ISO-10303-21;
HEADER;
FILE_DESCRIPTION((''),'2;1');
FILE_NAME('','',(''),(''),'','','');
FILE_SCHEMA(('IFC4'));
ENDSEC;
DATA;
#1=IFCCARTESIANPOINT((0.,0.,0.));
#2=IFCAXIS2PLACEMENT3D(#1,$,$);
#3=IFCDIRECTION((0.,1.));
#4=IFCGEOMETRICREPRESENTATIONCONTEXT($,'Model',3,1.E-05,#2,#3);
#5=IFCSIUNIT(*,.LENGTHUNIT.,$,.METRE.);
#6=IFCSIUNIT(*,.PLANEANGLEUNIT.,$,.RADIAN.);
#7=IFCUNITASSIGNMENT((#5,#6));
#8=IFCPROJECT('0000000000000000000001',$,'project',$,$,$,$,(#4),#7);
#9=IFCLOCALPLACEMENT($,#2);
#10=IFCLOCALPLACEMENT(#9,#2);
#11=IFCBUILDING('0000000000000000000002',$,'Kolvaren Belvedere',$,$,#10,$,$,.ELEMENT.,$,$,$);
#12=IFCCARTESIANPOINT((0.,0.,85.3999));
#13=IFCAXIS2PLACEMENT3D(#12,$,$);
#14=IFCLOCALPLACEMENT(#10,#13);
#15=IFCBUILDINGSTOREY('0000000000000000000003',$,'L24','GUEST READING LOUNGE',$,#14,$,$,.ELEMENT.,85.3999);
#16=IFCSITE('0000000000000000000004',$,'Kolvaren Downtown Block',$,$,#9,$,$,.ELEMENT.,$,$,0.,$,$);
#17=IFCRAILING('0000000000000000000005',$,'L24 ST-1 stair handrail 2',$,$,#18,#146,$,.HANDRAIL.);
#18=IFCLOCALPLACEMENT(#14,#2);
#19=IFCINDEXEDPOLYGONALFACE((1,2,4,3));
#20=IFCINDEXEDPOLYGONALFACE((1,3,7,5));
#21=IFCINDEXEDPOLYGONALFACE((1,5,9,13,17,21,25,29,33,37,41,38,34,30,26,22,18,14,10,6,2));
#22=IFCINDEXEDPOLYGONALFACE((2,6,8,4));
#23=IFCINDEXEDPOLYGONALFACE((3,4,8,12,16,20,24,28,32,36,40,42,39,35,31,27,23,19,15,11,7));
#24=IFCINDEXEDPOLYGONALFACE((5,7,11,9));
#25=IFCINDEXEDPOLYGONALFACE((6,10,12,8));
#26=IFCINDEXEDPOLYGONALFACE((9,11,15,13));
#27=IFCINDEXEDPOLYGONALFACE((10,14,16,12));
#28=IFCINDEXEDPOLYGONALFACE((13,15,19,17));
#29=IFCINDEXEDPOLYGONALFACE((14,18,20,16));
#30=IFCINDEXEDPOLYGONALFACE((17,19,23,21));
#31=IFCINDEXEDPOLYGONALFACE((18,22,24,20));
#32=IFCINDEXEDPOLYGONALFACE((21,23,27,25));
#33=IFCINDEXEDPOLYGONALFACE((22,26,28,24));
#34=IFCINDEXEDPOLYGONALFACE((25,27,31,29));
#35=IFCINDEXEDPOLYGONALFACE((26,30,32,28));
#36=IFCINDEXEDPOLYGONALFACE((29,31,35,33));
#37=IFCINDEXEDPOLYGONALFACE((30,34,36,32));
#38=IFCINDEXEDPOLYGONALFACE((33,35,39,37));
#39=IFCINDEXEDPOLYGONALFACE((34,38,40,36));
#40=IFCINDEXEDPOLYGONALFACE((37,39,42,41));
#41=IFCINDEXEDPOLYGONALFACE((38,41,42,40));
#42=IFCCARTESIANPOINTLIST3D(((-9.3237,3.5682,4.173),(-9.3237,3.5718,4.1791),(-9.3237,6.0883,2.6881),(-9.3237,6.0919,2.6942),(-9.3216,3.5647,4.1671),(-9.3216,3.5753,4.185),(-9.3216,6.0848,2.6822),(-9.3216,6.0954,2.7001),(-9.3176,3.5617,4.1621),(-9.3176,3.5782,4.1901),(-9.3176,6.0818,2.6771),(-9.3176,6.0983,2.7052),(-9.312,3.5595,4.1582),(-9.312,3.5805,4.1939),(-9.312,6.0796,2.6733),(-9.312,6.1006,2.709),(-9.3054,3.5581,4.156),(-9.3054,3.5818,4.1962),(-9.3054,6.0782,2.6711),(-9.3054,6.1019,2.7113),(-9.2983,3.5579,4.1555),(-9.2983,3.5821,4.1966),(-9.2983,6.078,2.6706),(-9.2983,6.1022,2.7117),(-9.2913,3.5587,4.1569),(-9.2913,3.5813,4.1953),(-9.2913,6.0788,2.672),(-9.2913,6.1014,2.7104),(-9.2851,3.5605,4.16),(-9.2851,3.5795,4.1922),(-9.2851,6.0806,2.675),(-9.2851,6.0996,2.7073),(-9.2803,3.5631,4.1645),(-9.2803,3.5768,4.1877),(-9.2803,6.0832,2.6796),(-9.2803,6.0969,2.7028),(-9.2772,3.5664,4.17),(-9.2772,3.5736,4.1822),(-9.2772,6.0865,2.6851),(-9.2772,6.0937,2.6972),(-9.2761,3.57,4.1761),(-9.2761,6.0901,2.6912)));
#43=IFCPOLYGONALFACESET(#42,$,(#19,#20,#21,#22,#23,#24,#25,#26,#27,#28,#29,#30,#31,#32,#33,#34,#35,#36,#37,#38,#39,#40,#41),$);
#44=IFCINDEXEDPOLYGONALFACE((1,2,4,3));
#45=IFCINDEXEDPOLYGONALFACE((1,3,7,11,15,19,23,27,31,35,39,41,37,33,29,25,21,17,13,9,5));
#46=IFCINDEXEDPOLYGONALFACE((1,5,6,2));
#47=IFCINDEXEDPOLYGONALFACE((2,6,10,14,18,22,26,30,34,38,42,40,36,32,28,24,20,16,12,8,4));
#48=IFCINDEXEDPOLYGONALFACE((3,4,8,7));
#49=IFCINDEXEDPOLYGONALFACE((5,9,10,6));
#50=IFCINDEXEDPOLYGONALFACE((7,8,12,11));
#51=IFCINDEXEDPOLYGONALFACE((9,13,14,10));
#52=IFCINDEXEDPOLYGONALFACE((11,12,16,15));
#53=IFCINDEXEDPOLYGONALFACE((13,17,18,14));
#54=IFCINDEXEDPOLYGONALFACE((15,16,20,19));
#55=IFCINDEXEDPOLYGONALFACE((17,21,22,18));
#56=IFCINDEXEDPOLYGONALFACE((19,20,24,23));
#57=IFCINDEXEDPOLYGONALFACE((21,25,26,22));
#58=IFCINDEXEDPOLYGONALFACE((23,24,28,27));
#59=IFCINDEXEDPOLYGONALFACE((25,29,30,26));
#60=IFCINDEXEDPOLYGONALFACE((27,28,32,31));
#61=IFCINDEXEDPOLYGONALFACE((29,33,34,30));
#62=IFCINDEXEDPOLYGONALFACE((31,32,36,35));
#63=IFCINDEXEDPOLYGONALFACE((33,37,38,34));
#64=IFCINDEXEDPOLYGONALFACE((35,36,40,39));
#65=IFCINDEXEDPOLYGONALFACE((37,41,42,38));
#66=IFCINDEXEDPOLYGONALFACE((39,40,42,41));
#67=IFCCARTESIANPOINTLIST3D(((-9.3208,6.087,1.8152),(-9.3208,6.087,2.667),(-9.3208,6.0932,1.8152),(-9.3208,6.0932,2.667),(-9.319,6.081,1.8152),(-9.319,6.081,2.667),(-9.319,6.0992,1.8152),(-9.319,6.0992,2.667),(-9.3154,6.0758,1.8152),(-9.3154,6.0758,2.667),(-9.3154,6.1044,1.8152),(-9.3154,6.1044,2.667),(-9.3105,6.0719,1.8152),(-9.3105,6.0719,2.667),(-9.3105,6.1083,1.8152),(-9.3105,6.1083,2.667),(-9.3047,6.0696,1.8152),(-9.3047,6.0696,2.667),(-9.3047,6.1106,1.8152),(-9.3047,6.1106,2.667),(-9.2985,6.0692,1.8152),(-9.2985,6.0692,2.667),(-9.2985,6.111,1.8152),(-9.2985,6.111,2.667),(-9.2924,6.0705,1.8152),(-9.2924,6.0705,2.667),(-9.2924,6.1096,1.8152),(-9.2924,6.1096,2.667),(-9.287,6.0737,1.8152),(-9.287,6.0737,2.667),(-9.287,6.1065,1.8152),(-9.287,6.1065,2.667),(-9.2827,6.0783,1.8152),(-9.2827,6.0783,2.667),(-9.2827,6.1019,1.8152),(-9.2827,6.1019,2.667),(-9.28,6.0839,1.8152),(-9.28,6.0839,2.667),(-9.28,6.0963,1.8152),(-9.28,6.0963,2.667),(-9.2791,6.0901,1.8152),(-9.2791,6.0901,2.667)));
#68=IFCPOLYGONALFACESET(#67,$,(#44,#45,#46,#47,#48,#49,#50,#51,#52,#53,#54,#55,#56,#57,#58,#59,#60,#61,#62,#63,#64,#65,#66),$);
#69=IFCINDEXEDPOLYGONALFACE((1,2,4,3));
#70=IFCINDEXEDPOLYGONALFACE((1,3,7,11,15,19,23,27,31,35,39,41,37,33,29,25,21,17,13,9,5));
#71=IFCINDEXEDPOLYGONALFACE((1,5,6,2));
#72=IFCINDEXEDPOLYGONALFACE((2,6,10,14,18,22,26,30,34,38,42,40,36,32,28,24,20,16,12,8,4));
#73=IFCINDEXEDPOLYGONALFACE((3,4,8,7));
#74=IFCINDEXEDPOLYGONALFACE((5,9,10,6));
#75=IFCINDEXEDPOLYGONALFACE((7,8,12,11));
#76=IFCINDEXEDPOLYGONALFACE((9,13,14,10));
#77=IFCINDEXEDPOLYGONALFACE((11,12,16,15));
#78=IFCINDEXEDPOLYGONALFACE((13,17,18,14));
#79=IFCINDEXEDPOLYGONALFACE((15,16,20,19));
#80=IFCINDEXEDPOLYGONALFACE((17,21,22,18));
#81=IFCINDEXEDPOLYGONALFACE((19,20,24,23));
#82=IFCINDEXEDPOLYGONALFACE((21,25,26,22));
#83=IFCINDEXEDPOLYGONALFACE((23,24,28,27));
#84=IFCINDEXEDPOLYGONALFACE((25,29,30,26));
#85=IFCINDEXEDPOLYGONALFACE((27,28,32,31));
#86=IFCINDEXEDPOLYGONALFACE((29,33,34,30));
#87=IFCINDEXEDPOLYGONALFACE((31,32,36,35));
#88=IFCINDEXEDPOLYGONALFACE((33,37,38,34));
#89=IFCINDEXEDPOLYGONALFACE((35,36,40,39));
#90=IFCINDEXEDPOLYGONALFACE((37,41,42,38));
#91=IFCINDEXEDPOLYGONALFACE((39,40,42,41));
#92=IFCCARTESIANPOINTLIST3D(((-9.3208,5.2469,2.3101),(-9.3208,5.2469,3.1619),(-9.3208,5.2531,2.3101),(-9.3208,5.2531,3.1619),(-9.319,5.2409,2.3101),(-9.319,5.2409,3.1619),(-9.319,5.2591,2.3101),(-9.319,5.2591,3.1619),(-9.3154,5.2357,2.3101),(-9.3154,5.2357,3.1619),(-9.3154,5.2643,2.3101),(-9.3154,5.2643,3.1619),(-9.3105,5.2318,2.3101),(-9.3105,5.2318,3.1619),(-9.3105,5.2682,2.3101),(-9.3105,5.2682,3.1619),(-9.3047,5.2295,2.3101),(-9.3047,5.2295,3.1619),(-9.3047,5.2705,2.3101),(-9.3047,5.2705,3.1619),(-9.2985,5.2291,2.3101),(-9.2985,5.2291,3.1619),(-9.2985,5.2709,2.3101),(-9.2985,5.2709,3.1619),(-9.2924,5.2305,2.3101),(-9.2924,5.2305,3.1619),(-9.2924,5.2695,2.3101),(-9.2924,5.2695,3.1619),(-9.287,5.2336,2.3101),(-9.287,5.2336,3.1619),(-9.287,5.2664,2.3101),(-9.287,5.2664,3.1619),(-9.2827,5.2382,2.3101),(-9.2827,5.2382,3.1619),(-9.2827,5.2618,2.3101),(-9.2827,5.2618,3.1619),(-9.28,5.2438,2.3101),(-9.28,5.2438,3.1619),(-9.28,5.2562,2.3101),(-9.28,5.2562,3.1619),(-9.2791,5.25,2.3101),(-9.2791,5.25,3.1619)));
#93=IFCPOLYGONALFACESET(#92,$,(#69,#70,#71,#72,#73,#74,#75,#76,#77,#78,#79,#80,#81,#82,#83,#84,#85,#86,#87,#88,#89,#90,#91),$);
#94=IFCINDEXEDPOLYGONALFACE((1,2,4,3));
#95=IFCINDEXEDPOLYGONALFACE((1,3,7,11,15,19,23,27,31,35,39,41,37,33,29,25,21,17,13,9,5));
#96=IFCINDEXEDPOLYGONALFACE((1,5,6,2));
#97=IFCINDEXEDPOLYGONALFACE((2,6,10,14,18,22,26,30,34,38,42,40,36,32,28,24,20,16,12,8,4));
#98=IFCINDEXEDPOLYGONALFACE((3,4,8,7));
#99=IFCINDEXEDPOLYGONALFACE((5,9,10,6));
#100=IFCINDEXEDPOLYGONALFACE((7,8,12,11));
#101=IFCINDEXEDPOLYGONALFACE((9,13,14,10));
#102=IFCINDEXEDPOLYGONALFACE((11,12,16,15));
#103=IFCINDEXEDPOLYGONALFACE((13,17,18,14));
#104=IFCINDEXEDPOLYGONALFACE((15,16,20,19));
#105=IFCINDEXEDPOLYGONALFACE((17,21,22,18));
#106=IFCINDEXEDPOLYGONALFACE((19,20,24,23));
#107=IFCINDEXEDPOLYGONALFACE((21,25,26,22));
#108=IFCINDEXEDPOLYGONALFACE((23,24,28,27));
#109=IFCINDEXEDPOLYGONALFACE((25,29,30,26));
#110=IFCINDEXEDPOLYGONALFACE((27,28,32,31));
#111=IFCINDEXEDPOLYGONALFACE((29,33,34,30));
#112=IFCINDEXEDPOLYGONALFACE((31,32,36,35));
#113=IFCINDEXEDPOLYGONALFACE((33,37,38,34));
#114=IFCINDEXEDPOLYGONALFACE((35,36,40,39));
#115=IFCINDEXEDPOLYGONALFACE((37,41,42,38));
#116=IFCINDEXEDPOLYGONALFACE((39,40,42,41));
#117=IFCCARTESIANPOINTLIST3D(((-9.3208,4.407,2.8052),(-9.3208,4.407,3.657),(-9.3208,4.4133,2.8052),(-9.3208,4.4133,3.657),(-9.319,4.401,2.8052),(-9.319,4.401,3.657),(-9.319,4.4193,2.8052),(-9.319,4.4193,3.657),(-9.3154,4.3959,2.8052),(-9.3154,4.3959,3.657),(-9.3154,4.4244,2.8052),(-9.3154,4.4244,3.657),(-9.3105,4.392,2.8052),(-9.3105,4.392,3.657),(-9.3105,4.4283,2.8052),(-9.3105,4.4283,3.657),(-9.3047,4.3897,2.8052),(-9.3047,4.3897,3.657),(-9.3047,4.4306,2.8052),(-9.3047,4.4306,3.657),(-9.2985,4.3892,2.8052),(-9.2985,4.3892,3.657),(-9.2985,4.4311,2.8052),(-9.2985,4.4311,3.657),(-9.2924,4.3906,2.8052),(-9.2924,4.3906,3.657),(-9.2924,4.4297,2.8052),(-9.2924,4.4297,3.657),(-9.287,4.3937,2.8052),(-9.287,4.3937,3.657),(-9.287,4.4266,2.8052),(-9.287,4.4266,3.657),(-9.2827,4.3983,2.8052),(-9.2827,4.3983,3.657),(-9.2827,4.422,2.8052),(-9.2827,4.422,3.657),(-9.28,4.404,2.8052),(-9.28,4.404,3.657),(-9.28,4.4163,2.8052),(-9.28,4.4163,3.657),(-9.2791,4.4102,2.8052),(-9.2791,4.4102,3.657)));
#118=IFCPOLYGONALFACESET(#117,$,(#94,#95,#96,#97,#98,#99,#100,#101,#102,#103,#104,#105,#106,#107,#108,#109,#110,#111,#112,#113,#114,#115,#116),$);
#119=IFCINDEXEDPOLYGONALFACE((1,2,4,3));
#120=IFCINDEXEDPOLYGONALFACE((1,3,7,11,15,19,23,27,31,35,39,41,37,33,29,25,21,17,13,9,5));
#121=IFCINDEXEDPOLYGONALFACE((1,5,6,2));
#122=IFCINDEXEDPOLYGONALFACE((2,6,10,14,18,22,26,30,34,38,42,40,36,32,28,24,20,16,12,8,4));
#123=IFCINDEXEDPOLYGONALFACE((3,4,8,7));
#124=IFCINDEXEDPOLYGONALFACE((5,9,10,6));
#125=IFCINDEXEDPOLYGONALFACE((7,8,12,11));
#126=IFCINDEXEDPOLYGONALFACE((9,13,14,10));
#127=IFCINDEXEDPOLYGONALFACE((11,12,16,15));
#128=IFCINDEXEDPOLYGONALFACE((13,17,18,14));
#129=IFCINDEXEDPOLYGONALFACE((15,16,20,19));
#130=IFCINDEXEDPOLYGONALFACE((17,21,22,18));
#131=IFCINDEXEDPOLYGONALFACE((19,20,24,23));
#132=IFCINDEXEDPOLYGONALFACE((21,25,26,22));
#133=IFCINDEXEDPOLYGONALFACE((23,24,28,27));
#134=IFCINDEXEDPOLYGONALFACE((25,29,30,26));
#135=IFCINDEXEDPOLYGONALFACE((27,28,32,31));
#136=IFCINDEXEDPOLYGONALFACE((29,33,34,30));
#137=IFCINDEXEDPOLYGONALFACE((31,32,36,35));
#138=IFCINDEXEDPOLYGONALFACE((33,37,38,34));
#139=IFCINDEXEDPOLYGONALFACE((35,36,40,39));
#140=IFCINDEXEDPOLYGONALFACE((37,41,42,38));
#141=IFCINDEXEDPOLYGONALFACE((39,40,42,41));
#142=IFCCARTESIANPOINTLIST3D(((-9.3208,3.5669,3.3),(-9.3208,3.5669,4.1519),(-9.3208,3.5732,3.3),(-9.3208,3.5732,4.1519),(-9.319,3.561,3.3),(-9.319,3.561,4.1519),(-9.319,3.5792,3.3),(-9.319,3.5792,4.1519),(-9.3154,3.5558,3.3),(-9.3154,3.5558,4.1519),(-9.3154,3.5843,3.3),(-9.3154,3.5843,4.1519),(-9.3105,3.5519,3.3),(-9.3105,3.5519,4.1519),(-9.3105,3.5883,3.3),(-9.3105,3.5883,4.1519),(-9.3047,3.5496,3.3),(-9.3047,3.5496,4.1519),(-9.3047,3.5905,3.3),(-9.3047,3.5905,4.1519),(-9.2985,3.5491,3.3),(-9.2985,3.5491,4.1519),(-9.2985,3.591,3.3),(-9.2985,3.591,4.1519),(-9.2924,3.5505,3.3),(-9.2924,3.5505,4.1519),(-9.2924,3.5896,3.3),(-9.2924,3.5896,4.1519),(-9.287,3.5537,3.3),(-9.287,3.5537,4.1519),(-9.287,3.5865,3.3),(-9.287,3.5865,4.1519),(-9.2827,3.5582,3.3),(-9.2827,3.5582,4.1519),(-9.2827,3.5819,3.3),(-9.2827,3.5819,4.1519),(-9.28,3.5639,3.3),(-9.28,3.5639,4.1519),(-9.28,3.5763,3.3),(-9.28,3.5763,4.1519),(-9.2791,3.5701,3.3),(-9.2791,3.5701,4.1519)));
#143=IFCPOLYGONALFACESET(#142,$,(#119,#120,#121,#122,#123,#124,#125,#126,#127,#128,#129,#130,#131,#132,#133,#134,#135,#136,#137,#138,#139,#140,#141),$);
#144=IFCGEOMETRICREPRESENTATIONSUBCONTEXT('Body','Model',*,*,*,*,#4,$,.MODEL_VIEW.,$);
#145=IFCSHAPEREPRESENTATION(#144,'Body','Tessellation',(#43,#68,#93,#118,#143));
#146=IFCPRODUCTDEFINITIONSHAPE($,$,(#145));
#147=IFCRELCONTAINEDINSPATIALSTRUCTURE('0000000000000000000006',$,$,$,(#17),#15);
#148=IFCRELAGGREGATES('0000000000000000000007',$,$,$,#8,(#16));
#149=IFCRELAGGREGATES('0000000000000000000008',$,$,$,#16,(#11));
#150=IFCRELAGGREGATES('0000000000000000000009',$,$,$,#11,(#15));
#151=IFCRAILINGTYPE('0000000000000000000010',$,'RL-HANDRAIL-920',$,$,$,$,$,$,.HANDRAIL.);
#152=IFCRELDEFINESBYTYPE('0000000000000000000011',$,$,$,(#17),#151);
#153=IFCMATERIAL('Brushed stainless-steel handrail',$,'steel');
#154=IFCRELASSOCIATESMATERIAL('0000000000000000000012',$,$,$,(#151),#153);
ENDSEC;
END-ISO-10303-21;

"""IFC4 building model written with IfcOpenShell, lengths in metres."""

from ifc_helpers import new_model, si_unit, direction, frame, origin, origin_2d, place, context, subcontext, project, spatial, circle, extrude, material, type_object, element, save


model = new_model("IFC4")

# Units and contexts
model_context = context("Model", 3, precision=1e-05, world=origin(), true_north=direction((0.0, 1.0)))
body_context = subcontext(model_context, "Body", "Model", "MODEL_VIEW")
ifc_project = project(units=[si_unit("LENGTHUNIT", "METRE"), si_unit("PLANEANGLEUNIT", "RADIAN")], contexts=[model_context])

# Site, building, storey
site_placement = place(None, origin())
site = spatial("IfcSite", under=ifc_project, at=site_placement, Name="Kolvaren Downtown Block", CompositionType="ELEMENT", RefElevation=0.0)
building_placement = place(site_placement, origin())
building = spatial("IfcBuilding", under=site, at=building_placement, Name="Kolvaren Belvedere", CompositionType="ELEMENT")
storey_placement = place(building_placement, frame((0.0, 0.0, 85.3999)))
storey = spatial("IfcBuildingStorey", under=building, at=storey_placement, Name="L24", Description="GUEST READING LOUNGE", CompositionType="ELEMENT", Elevation=85.3999)

# Railing
ifc_material_1 = material(Name="Brushed stainless-steel handrail", Category="steel")
railing_type_1 = type_object("IfcRailingType", Name="RL-HANDRAIL-920", PredefinedType="HANDRAIL", material=ifc_material_1)
railing_1_placement = place(storey_placement, frame((-9.3, 6.0901, 1.8152)))
element("IfcRailing", 1, at=railing_1_placement, inside=storey, type_object=railing_type_1, Name="L24 ST-1 stair handrail 2", PredefinedType="HANDRAIL", context=body_context, shape_type="SweptSolid", body=[
    extrude(circle(Radius=0.0239, at=origin_2d()), frame((0.0, 0.0, 0.876), z_axis=(0.0, -0.861561, 0.507655), x_axis=(1.0, 0.0, 0.0)), (0.0, 0.0, 1.0), 2.925),
    extrude(circle(Radius=0.021, at=origin_2d()), origin(), (0.0, 0.0, 1.0), 0.8518),
    extrude(circle(Radius=0.021, at=origin_2d()), frame((0.0, -0.8401, 0.4949)), (0.0, 0.0, 1.0), 0.8518),
    extrude(circle(Radius=0.021, at=origin_2d()), frame((0.0, -1.6799, 0.99)), (0.0, 0.0, 1.0), 0.8518),
    extrude(circle(Radius=0.021, at=origin_2d()), frame((0.0, -2.52, 1.4849)), (0.0, 0.0, 1.0), 0.8518),
])

save(model, "model.ifc")
